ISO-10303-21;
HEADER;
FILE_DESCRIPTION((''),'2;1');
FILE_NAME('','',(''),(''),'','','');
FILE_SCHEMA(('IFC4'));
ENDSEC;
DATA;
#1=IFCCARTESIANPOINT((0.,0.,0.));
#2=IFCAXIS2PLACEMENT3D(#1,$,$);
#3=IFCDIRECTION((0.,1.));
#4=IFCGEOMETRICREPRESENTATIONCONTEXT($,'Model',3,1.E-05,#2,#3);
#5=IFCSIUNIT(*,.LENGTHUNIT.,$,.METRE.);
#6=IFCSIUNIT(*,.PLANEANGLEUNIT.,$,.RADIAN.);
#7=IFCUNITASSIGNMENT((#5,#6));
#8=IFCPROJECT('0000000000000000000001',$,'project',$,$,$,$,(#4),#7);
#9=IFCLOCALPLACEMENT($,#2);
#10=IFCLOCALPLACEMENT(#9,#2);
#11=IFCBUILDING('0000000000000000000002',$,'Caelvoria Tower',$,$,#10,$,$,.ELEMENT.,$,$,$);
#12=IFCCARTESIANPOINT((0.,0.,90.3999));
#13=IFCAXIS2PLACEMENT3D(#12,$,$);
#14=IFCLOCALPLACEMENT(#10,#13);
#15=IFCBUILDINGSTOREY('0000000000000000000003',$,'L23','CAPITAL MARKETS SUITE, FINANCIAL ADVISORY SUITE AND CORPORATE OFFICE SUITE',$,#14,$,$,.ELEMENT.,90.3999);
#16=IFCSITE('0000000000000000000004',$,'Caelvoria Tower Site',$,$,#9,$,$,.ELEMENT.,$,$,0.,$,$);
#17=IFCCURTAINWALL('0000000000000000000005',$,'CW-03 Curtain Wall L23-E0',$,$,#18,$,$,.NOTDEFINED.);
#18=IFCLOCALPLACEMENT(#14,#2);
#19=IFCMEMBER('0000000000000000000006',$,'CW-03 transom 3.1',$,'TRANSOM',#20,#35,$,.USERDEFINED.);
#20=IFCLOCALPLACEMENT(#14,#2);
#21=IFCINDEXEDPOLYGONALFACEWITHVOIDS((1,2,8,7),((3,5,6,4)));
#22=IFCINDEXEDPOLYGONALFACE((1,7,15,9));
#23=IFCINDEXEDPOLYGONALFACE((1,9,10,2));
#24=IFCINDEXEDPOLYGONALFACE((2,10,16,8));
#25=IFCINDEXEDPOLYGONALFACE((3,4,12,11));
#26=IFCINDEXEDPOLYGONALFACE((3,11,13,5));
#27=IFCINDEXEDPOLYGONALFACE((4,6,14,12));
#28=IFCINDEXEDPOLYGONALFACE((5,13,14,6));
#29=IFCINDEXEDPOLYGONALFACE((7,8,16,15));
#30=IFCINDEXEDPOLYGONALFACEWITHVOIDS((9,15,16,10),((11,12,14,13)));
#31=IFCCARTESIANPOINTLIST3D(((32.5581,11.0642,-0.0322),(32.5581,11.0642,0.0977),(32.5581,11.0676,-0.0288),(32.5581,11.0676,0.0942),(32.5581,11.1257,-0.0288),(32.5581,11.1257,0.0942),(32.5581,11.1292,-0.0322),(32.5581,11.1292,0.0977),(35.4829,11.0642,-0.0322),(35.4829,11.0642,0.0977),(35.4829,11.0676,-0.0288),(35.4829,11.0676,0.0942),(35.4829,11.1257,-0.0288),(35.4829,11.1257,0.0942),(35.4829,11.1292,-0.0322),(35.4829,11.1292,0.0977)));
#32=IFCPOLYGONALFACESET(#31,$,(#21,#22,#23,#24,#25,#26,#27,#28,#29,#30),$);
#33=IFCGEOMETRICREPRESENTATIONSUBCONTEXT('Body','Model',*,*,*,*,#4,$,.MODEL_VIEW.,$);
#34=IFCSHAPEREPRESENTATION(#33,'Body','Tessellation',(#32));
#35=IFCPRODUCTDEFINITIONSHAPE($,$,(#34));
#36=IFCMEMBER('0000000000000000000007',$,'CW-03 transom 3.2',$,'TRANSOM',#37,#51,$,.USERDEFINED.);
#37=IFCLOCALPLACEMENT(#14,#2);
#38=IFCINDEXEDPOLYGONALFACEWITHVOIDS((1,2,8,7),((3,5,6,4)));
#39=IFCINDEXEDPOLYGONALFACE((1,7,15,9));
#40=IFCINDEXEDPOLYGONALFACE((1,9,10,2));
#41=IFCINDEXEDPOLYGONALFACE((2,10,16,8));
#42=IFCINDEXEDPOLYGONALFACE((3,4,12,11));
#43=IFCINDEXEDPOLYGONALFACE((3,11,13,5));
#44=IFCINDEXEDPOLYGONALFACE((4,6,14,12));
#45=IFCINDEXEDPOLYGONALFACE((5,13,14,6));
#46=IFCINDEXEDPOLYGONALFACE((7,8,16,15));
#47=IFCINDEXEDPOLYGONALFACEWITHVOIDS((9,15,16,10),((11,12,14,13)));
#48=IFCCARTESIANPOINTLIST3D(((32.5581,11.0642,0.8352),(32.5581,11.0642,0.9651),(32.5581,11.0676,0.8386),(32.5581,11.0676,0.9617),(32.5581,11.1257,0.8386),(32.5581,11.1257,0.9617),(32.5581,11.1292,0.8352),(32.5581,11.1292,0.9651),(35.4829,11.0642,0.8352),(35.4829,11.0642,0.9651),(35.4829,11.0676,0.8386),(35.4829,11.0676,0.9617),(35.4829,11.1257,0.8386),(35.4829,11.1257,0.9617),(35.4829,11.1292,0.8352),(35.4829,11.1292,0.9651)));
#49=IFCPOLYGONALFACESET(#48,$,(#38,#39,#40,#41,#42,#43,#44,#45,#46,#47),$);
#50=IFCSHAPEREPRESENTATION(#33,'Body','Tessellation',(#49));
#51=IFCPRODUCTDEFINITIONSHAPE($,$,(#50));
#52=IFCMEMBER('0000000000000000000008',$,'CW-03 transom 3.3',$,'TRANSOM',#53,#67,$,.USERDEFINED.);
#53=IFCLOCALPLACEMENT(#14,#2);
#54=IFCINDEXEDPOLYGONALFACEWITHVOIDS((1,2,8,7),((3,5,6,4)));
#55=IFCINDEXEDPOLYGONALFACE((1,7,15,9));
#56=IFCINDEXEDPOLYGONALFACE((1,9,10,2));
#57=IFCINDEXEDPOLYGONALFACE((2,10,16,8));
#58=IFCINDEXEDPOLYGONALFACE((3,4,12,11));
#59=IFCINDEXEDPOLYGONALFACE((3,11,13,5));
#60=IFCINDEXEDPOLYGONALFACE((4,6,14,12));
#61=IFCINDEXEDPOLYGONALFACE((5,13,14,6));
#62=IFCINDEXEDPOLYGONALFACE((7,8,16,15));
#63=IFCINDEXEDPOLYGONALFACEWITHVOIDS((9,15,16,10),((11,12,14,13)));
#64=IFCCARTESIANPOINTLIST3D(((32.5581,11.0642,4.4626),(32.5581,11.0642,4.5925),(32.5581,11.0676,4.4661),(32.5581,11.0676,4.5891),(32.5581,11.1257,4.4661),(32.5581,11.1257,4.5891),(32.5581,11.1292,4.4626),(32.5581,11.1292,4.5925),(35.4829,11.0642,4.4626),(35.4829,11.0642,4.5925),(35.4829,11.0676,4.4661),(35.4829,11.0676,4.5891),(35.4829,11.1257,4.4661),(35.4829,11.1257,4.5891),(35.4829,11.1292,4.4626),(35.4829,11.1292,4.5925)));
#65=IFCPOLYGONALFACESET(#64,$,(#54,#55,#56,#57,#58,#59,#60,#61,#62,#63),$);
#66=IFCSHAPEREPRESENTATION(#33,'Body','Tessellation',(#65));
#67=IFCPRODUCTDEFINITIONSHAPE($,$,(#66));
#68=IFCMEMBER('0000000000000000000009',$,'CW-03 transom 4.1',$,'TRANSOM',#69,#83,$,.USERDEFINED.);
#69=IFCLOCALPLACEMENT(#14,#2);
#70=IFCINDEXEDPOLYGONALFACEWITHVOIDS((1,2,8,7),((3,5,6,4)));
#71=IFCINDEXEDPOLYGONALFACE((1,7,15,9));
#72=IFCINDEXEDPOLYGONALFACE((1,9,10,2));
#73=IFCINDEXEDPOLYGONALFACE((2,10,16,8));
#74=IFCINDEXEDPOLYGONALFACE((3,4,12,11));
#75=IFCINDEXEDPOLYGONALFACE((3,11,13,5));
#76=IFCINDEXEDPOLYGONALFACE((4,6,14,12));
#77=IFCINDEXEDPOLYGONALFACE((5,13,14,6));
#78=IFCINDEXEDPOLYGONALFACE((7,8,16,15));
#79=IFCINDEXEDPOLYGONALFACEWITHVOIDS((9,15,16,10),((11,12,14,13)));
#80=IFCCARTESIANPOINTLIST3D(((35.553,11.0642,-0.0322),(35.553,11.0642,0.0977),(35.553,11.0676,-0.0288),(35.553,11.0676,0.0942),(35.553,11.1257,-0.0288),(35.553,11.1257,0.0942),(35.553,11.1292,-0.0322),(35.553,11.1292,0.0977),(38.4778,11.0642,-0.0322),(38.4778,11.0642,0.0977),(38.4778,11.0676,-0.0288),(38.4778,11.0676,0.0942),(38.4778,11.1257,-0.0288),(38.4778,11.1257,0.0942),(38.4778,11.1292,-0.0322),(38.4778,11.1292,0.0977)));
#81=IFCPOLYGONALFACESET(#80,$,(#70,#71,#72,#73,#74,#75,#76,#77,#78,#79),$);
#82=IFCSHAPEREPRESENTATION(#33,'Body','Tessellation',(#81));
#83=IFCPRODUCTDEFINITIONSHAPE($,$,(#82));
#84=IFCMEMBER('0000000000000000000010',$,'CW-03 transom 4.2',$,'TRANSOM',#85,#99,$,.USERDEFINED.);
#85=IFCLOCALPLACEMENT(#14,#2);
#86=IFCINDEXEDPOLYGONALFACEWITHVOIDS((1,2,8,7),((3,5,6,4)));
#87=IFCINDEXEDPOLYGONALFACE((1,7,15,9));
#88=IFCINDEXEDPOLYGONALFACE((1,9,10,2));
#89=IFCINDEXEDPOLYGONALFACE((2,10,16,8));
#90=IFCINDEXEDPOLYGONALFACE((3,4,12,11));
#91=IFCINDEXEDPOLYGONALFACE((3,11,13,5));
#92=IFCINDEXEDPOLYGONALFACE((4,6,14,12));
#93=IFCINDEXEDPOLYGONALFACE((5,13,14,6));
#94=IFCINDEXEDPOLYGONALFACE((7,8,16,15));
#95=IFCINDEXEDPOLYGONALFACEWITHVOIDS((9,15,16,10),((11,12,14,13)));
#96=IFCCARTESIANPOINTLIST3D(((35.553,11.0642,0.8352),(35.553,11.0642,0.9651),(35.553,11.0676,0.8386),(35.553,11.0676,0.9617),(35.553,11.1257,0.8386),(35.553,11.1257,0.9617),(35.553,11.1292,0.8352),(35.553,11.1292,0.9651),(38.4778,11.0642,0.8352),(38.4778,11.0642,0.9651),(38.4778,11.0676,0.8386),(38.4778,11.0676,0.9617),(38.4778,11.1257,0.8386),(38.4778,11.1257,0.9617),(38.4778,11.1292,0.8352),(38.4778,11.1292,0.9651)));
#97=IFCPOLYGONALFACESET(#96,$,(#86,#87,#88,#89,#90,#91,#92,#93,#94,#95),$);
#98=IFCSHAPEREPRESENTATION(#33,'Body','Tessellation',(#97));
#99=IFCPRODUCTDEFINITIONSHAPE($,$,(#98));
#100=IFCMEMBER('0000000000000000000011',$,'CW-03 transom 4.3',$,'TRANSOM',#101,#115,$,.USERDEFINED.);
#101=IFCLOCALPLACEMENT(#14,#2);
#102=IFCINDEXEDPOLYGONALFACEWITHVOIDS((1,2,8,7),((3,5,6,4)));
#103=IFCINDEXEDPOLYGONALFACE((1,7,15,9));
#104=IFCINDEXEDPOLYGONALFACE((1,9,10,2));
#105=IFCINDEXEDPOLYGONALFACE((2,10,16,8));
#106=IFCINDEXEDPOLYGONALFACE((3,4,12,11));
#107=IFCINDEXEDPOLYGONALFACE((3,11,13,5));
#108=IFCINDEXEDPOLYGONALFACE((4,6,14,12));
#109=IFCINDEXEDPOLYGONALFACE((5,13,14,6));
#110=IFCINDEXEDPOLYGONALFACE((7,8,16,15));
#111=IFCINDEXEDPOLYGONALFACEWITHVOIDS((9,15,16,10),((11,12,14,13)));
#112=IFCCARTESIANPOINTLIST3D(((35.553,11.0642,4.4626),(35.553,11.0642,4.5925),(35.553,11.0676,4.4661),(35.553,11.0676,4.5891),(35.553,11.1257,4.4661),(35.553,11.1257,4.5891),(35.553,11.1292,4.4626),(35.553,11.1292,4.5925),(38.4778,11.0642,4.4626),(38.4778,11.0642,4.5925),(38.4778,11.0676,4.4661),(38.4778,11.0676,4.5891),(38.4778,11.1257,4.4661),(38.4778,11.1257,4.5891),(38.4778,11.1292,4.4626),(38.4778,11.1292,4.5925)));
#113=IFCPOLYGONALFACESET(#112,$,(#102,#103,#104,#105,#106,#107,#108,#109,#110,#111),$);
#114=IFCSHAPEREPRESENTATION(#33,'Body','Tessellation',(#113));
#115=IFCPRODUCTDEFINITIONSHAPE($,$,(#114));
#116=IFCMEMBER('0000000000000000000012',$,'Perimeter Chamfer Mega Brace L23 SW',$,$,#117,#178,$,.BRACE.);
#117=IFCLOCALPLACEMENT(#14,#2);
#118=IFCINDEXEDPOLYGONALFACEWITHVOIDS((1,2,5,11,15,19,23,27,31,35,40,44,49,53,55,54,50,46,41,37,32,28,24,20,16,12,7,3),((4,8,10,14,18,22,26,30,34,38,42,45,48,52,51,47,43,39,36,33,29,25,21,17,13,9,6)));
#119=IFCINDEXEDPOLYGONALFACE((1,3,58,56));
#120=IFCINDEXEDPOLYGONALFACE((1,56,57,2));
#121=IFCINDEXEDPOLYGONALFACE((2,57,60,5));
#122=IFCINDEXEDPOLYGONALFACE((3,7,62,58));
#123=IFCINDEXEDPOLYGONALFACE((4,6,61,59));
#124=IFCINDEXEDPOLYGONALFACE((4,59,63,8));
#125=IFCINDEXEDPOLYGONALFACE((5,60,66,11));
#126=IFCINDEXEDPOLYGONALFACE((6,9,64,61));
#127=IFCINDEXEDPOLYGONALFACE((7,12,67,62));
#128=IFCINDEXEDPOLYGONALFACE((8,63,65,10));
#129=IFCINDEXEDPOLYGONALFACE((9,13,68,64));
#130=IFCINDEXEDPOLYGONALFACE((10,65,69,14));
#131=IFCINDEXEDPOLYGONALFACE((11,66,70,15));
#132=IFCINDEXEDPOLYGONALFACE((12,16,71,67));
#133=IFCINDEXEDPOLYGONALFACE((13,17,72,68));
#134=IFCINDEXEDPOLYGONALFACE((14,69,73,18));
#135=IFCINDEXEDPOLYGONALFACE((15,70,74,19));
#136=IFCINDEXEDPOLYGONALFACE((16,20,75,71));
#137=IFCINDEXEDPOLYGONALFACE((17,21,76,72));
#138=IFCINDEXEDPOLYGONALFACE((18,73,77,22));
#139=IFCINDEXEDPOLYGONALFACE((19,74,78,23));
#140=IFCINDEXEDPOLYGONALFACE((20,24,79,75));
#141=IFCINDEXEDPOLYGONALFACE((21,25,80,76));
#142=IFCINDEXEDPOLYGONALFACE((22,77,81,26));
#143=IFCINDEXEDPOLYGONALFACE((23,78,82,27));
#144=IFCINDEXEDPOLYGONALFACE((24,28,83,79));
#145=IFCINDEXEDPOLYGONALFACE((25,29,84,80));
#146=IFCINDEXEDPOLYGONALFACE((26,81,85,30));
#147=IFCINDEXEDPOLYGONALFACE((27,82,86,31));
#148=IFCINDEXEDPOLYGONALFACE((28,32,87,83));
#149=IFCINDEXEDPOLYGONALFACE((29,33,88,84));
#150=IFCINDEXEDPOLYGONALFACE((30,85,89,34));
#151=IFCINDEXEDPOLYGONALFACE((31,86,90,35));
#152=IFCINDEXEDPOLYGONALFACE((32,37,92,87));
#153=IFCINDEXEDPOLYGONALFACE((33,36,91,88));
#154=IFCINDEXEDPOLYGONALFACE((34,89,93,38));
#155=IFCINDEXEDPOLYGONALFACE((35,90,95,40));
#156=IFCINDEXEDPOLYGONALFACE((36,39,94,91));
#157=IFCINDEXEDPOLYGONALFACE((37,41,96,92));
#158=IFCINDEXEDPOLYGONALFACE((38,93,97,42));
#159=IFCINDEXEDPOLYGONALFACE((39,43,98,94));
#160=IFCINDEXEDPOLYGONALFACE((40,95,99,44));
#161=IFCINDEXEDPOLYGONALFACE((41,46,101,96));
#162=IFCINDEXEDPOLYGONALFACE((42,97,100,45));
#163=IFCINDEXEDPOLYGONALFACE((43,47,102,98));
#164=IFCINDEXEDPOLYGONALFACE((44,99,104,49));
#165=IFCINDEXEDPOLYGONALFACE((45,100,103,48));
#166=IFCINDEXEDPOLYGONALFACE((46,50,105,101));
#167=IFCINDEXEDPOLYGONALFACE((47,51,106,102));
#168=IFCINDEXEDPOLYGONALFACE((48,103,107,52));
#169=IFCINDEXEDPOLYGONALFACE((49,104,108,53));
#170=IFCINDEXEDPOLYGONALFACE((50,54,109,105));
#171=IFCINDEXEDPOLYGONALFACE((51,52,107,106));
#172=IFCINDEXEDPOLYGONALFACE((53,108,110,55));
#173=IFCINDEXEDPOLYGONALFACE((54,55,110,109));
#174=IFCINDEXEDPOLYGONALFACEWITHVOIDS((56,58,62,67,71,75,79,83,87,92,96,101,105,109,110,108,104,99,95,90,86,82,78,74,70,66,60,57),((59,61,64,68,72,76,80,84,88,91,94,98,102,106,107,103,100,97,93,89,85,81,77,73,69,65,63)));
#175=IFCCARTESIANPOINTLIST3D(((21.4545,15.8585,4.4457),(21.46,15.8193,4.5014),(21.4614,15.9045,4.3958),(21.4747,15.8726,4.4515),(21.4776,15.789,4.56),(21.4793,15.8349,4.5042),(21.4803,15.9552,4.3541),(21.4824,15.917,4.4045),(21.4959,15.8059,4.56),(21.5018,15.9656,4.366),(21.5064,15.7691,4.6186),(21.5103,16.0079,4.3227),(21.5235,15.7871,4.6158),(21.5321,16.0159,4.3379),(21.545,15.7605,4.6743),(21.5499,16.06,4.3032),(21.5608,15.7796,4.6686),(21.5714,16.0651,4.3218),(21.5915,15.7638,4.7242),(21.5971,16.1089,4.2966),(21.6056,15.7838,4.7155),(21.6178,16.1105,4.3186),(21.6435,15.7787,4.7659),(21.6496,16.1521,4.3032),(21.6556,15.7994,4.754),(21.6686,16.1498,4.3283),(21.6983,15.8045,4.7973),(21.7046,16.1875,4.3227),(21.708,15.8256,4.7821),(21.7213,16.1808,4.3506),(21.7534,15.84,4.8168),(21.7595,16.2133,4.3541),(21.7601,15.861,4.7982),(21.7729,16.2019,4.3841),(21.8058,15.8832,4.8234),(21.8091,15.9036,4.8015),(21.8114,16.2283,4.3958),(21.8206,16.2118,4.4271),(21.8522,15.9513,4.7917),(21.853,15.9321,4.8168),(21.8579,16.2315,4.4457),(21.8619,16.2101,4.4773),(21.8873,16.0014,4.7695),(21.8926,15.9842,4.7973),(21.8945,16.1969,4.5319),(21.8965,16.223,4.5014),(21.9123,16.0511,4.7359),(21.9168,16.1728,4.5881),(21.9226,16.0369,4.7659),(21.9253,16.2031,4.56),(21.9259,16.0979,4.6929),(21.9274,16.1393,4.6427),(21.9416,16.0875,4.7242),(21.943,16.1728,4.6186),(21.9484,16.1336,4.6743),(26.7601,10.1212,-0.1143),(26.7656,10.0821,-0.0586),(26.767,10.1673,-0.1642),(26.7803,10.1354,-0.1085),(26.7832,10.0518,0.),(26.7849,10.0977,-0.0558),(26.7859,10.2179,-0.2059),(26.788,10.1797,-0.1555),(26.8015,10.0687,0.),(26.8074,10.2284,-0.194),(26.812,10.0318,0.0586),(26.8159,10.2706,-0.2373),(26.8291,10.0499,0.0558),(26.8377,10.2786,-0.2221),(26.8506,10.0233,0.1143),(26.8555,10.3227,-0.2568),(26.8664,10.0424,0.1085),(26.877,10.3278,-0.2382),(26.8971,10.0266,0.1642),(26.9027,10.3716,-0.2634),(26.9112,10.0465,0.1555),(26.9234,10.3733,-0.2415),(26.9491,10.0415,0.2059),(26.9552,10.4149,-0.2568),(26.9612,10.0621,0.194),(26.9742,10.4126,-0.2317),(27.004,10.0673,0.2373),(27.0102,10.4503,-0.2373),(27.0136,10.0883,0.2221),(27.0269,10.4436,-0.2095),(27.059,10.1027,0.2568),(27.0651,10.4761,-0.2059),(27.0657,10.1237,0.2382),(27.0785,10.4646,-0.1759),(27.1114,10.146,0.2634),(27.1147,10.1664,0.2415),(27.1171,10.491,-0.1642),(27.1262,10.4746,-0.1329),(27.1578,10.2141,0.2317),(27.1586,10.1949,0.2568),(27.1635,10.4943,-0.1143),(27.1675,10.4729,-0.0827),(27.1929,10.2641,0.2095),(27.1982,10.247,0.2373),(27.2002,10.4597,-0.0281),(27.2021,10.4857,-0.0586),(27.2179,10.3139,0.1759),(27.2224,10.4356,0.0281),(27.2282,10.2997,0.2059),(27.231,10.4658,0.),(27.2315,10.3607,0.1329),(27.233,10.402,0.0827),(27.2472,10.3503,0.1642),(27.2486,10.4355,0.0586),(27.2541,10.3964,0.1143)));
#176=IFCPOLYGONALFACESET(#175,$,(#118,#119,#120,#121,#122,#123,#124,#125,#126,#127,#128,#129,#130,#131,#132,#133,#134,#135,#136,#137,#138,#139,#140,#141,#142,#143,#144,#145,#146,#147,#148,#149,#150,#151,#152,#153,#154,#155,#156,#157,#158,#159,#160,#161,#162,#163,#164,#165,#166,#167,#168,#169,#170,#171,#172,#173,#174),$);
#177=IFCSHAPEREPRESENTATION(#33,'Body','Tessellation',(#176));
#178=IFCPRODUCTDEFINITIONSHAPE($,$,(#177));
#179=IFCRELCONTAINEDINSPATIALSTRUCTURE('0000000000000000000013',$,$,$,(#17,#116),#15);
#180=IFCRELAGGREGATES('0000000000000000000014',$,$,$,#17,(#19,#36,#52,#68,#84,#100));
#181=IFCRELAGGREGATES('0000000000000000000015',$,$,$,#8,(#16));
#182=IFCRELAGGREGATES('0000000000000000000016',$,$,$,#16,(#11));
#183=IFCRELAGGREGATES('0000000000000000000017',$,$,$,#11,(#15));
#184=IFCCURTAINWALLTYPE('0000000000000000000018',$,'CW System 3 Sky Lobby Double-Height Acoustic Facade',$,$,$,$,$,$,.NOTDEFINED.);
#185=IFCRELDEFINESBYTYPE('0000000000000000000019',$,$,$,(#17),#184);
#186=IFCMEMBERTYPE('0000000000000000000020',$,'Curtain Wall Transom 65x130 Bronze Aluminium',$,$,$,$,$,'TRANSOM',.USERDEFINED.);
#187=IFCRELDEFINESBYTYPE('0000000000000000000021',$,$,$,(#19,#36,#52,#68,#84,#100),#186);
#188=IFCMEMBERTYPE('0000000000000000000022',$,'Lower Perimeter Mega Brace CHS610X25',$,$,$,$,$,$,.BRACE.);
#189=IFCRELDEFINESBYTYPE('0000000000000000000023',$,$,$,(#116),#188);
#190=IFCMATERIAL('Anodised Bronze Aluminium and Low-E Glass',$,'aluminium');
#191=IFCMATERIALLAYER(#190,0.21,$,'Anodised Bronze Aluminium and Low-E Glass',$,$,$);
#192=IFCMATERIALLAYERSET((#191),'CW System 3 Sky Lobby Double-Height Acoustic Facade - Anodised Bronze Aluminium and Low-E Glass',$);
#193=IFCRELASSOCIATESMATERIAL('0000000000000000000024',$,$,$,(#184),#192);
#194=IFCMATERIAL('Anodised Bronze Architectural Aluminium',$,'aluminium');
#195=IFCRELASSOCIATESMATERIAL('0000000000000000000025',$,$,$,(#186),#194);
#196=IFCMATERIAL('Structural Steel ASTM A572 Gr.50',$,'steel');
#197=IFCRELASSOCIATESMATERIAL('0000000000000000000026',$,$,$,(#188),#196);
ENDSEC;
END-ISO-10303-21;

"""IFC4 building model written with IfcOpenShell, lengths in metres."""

from ifc_helpers import new_model, si_unit, direction, frame, origin, origin_2d, place, context, subcontext, project, spatial, hollow_rectangle, hollow_circle, extrude, material, layer, layer_set, material_profile, profile_set, type_object, element, aggregate, save


model = new_model("IFC4")

# Units and contexts
model_context = context("Model", 3, precision=1e-05, world=origin(), true_north=direction((0.0, 1.0)))
body_context = subcontext(model_context, "Body", "Model", "MODEL_VIEW")
ifc_project = project(units=[si_unit("LENGTHUNIT", "METRE"), si_unit("PLANEANGLEUNIT", "RADIAN")], contexts=[model_context])

# Site, building, storey
site_placement = place(None, origin())
site = spatial("IfcSite", under=ifc_project, at=site_placement, Name="Caelvoria Tower Site", CompositionType="ELEMENT", RefElevation=0.0)
building_placement = place(site_placement, origin())
building = spatial("IfcBuilding", under=site, at=building_placement, Name="Caelvoria Tower", CompositionType="ELEMENT")
storey_placement = place(building_placement, frame((0.0, 0.0, 90.3999)))
storey = spatial("IfcBuildingStorey", under=building, at=storey_placement, Name="L23", Description="CAPITAL MARKETS SUITE, FINANCIAL ADVISORY SUITE AND CORPORATE OFFICE SUITE", CompositionType="ELEMENT", Elevation=90.3999)

# Shared definitions
ifc_material_1 = material(Name="Structural Steel ASTM A572 Gr.50", Category="steel")

# Curtain wall
ifc_material_2 = material(Name="Anodised Bronze Aluminium and Low-E Glass", Category="aluminium")
ifc_layer_1 = layer(ifc_material_2, 0.21, Name="Anodised Bronze Aluminium and Low-E Glass")
ifc_layer_set_1 = layer_set([ifc_layer_1], Name="CW System 3 Sky Lobby Double-Height Acoustic Facade - Anodised Bronze Aluminium and Low-E Glass")
curtain_wall_type = type_object("IfcCurtainWallType", Name="CW System 3 Sky Lobby Double-Height Acoustic Facade", PredefinedType="NOTDEFINED", material=ifc_layer_set_1)
curtain_wall_1_placement = place(storey_placement, origin())
curtain_wall_1 = element("IfcCurtainWall", 1, at=curtain_wall_1_placement, inside=storey, type_object=curtain_wall_type, Name="CW-03 Curtain Wall L23-E0", PredefinedType="NOTDEFINED")
ifc_material_3 = material(Name="Anodised Bronze Architectural Aluminium", Category="aluminium")

# Members
ifc_material_profile_1 = material_profile(ifc_material_3, hollow_rectangle(XDim=0.0649, YDim=0.1299, WallThickness=0.0034, at=origin_2d()), Name="Anodised Bronze Architectural Aluminium")
ifc_profile_set_1 = profile_set([ifc_material_profile_1], Name="CW_TRAN_65X130 - Anodised Bronze Architectural Aluminium")
member_type_1 = type_object("IfcMemberType", Name="Curtain Wall Transom 65x130 Bronze Aluminium", ElementType="TRANSOM", PredefinedType="USERDEFINED", material=ifc_profile_set_1)
member_1_placement = place(storey_placement, frame((32.5581, 11.0967, 0.0327), z_axis=(1.0, 0.0, 0.0), x_axis=(0.0, 1.0, 0.0)))
member_1 = element("IfcMember", 2, at=member_1_placement, type_object=member_type_1, Name="CW-03 transom 3.1", ObjectType="TRANSOM", PredefinedType="USERDEFINED", context=body_context, shape_type="SweptSolid", body=[
    extrude(hollow_rectangle(XDim=0.0649, YDim=0.1299, WallThickness=0.0034, at=origin_2d()), origin(), (0.0, 0.0, 1.0), 2.9248),
])
member_2_placement = place(storey_placement, frame((32.5581, 11.0967, 0.9001), z_axis=(1.0, 0.0, 0.0), x_axis=(0.0, 1.0, 0.0)))
member_2 = element("IfcMember", 3, at=member_2_placement, type_object=member_type_1, Name="CW-03 transom 3.2", ObjectType="TRANSOM", PredefinedType="USERDEFINED", context=body_context, shape_type="SweptSolid", body=[
    extrude(hollow_rectangle(XDim=0.0649, YDim=0.1299, WallThickness=0.0034, at=origin_2d()), origin(), (0.0, 0.0, 1.0), 2.9248),
])
member_3_placement = place(storey_placement, frame((32.5581, 11.0967, 4.5276), z_axis=(1.0, 0.0, 0.0), x_axis=(0.0, 1.0, 0.0)))
member_3 = element("IfcMember", 4, at=member_3_placement, type_object=member_type_1, Name="CW-03 transom 3.3", ObjectType="TRANSOM", PredefinedType="USERDEFINED", context=body_context, shape_type="SweptSolid", body=[
    extrude(hollow_rectangle(XDim=0.0649, YDim=0.1299, WallThickness=0.0034, at=origin_2d()), origin(), (0.0, 0.0, 1.0), 2.9248),
])
member_4_placement = place(storey_placement, frame((35.553, 11.0967, 0.0327), z_axis=(1.0, 0.0, 0.0), x_axis=(0.0, 1.0, 0.0)))
member_4 = element("IfcMember", 5, at=member_4_placement, type_object=member_type_1, Name="CW-03 transom 4.1", ObjectType="TRANSOM", PredefinedType="USERDEFINED", context=body_context, shape_type="SweptSolid", body=[
    extrude(hollow_rectangle(XDim=0.0649, YDim=0.1299, WallThickness=0.0034, at=origin_2d()), origin(), (0.0, 0.0, 1.0), 2.9248),
])
member_5_placement = place(storey_placement, frame((35.553, 11.0967, 0.9001), z_axis=(1.0, 0.0, 0.0), x_axis=(0.0, 1.0, 0.0)))
member_5 = element("IfcMember", 6, at=member_5_placement, type_object=member_type_1, Name="CW-03 transom 4.2", ObjectType="TRANSOM", PredefinedType="USERDEFINED", context=body_context, shape_type="SweptSolid", body=[
    extrude(hollow_rectangle(XDim=0.0649, YDim=0.1299, WallThickness=0.0034, at=origin_2d()), origin(), (0.0, 0.0, 1.0), 2.9248),
])
member_6_placement = place(storey_placement, frame((35.553, 11.0967, 4.5276), z_axis=(1.0, 0.0, 0.0), x_axis=(0.0, 1.0, 0.0)))
member_6 = element("IfcMember", 7, at=member_6_placement, type_object=member_type_1, Name="CW-03 transom 4.3", ObjectType="TRANSOM", PredefinedType="USERDEFINED", context=body_context, shape_type="SweptSolid", body=[
    extrude(hollow_rectangle(XDim=0.0649, YDim=0.1299, WallThickness=0.0034, at=origin_2d()), origin(), (0.0, 0.0, 1.0), 2.9248),
])
ifc_material_profile_2 = material_profile(ifc_material_1, hollow_circle(Radius=0.3049, WallThickness=0.0249, at=origin_2d()), Name="Structural Steel ASTM A572 Gr.50")
ifc_profile_set_2 = profile_set([ifc_material_profile_2], Name="CHS610X25 - Structural Steel ASTM A572 Gr.50")
member_type_2 = type_object("IfcMemberType", Name="Lower Perimeter Mega Brace CHS610X25", PredefinedType="BRACE", material=ifc_profile_set_2)
member_7_placement = place(storey_placement, frame((27.0071, 10.2588, 0.0), z_axis=(-0.58641, 0.634117, 0.504002), x_axis=(-0.734185, -0.678949, 0.0)))
element("IfcMember", 8, at=member_7_placement, inside=storey, type_object=member_type_2, Name="Perimeter Chamfer Mega Brace L23 SW", PredefinedType="BRACE", context=body_context, shape_type="SweptSolid", body=[
    extrude(hollow_circle(Radius=0.3049, WallThickness=0.0249, at=origin_2d()), origin(), (0.0, 0.0, 1.0), 9.0476),
])

aggregate(curtain_wall_1, [member_1, member_2, member_3, member_4, member_5, member_6])

save(model, "model.ifc")
